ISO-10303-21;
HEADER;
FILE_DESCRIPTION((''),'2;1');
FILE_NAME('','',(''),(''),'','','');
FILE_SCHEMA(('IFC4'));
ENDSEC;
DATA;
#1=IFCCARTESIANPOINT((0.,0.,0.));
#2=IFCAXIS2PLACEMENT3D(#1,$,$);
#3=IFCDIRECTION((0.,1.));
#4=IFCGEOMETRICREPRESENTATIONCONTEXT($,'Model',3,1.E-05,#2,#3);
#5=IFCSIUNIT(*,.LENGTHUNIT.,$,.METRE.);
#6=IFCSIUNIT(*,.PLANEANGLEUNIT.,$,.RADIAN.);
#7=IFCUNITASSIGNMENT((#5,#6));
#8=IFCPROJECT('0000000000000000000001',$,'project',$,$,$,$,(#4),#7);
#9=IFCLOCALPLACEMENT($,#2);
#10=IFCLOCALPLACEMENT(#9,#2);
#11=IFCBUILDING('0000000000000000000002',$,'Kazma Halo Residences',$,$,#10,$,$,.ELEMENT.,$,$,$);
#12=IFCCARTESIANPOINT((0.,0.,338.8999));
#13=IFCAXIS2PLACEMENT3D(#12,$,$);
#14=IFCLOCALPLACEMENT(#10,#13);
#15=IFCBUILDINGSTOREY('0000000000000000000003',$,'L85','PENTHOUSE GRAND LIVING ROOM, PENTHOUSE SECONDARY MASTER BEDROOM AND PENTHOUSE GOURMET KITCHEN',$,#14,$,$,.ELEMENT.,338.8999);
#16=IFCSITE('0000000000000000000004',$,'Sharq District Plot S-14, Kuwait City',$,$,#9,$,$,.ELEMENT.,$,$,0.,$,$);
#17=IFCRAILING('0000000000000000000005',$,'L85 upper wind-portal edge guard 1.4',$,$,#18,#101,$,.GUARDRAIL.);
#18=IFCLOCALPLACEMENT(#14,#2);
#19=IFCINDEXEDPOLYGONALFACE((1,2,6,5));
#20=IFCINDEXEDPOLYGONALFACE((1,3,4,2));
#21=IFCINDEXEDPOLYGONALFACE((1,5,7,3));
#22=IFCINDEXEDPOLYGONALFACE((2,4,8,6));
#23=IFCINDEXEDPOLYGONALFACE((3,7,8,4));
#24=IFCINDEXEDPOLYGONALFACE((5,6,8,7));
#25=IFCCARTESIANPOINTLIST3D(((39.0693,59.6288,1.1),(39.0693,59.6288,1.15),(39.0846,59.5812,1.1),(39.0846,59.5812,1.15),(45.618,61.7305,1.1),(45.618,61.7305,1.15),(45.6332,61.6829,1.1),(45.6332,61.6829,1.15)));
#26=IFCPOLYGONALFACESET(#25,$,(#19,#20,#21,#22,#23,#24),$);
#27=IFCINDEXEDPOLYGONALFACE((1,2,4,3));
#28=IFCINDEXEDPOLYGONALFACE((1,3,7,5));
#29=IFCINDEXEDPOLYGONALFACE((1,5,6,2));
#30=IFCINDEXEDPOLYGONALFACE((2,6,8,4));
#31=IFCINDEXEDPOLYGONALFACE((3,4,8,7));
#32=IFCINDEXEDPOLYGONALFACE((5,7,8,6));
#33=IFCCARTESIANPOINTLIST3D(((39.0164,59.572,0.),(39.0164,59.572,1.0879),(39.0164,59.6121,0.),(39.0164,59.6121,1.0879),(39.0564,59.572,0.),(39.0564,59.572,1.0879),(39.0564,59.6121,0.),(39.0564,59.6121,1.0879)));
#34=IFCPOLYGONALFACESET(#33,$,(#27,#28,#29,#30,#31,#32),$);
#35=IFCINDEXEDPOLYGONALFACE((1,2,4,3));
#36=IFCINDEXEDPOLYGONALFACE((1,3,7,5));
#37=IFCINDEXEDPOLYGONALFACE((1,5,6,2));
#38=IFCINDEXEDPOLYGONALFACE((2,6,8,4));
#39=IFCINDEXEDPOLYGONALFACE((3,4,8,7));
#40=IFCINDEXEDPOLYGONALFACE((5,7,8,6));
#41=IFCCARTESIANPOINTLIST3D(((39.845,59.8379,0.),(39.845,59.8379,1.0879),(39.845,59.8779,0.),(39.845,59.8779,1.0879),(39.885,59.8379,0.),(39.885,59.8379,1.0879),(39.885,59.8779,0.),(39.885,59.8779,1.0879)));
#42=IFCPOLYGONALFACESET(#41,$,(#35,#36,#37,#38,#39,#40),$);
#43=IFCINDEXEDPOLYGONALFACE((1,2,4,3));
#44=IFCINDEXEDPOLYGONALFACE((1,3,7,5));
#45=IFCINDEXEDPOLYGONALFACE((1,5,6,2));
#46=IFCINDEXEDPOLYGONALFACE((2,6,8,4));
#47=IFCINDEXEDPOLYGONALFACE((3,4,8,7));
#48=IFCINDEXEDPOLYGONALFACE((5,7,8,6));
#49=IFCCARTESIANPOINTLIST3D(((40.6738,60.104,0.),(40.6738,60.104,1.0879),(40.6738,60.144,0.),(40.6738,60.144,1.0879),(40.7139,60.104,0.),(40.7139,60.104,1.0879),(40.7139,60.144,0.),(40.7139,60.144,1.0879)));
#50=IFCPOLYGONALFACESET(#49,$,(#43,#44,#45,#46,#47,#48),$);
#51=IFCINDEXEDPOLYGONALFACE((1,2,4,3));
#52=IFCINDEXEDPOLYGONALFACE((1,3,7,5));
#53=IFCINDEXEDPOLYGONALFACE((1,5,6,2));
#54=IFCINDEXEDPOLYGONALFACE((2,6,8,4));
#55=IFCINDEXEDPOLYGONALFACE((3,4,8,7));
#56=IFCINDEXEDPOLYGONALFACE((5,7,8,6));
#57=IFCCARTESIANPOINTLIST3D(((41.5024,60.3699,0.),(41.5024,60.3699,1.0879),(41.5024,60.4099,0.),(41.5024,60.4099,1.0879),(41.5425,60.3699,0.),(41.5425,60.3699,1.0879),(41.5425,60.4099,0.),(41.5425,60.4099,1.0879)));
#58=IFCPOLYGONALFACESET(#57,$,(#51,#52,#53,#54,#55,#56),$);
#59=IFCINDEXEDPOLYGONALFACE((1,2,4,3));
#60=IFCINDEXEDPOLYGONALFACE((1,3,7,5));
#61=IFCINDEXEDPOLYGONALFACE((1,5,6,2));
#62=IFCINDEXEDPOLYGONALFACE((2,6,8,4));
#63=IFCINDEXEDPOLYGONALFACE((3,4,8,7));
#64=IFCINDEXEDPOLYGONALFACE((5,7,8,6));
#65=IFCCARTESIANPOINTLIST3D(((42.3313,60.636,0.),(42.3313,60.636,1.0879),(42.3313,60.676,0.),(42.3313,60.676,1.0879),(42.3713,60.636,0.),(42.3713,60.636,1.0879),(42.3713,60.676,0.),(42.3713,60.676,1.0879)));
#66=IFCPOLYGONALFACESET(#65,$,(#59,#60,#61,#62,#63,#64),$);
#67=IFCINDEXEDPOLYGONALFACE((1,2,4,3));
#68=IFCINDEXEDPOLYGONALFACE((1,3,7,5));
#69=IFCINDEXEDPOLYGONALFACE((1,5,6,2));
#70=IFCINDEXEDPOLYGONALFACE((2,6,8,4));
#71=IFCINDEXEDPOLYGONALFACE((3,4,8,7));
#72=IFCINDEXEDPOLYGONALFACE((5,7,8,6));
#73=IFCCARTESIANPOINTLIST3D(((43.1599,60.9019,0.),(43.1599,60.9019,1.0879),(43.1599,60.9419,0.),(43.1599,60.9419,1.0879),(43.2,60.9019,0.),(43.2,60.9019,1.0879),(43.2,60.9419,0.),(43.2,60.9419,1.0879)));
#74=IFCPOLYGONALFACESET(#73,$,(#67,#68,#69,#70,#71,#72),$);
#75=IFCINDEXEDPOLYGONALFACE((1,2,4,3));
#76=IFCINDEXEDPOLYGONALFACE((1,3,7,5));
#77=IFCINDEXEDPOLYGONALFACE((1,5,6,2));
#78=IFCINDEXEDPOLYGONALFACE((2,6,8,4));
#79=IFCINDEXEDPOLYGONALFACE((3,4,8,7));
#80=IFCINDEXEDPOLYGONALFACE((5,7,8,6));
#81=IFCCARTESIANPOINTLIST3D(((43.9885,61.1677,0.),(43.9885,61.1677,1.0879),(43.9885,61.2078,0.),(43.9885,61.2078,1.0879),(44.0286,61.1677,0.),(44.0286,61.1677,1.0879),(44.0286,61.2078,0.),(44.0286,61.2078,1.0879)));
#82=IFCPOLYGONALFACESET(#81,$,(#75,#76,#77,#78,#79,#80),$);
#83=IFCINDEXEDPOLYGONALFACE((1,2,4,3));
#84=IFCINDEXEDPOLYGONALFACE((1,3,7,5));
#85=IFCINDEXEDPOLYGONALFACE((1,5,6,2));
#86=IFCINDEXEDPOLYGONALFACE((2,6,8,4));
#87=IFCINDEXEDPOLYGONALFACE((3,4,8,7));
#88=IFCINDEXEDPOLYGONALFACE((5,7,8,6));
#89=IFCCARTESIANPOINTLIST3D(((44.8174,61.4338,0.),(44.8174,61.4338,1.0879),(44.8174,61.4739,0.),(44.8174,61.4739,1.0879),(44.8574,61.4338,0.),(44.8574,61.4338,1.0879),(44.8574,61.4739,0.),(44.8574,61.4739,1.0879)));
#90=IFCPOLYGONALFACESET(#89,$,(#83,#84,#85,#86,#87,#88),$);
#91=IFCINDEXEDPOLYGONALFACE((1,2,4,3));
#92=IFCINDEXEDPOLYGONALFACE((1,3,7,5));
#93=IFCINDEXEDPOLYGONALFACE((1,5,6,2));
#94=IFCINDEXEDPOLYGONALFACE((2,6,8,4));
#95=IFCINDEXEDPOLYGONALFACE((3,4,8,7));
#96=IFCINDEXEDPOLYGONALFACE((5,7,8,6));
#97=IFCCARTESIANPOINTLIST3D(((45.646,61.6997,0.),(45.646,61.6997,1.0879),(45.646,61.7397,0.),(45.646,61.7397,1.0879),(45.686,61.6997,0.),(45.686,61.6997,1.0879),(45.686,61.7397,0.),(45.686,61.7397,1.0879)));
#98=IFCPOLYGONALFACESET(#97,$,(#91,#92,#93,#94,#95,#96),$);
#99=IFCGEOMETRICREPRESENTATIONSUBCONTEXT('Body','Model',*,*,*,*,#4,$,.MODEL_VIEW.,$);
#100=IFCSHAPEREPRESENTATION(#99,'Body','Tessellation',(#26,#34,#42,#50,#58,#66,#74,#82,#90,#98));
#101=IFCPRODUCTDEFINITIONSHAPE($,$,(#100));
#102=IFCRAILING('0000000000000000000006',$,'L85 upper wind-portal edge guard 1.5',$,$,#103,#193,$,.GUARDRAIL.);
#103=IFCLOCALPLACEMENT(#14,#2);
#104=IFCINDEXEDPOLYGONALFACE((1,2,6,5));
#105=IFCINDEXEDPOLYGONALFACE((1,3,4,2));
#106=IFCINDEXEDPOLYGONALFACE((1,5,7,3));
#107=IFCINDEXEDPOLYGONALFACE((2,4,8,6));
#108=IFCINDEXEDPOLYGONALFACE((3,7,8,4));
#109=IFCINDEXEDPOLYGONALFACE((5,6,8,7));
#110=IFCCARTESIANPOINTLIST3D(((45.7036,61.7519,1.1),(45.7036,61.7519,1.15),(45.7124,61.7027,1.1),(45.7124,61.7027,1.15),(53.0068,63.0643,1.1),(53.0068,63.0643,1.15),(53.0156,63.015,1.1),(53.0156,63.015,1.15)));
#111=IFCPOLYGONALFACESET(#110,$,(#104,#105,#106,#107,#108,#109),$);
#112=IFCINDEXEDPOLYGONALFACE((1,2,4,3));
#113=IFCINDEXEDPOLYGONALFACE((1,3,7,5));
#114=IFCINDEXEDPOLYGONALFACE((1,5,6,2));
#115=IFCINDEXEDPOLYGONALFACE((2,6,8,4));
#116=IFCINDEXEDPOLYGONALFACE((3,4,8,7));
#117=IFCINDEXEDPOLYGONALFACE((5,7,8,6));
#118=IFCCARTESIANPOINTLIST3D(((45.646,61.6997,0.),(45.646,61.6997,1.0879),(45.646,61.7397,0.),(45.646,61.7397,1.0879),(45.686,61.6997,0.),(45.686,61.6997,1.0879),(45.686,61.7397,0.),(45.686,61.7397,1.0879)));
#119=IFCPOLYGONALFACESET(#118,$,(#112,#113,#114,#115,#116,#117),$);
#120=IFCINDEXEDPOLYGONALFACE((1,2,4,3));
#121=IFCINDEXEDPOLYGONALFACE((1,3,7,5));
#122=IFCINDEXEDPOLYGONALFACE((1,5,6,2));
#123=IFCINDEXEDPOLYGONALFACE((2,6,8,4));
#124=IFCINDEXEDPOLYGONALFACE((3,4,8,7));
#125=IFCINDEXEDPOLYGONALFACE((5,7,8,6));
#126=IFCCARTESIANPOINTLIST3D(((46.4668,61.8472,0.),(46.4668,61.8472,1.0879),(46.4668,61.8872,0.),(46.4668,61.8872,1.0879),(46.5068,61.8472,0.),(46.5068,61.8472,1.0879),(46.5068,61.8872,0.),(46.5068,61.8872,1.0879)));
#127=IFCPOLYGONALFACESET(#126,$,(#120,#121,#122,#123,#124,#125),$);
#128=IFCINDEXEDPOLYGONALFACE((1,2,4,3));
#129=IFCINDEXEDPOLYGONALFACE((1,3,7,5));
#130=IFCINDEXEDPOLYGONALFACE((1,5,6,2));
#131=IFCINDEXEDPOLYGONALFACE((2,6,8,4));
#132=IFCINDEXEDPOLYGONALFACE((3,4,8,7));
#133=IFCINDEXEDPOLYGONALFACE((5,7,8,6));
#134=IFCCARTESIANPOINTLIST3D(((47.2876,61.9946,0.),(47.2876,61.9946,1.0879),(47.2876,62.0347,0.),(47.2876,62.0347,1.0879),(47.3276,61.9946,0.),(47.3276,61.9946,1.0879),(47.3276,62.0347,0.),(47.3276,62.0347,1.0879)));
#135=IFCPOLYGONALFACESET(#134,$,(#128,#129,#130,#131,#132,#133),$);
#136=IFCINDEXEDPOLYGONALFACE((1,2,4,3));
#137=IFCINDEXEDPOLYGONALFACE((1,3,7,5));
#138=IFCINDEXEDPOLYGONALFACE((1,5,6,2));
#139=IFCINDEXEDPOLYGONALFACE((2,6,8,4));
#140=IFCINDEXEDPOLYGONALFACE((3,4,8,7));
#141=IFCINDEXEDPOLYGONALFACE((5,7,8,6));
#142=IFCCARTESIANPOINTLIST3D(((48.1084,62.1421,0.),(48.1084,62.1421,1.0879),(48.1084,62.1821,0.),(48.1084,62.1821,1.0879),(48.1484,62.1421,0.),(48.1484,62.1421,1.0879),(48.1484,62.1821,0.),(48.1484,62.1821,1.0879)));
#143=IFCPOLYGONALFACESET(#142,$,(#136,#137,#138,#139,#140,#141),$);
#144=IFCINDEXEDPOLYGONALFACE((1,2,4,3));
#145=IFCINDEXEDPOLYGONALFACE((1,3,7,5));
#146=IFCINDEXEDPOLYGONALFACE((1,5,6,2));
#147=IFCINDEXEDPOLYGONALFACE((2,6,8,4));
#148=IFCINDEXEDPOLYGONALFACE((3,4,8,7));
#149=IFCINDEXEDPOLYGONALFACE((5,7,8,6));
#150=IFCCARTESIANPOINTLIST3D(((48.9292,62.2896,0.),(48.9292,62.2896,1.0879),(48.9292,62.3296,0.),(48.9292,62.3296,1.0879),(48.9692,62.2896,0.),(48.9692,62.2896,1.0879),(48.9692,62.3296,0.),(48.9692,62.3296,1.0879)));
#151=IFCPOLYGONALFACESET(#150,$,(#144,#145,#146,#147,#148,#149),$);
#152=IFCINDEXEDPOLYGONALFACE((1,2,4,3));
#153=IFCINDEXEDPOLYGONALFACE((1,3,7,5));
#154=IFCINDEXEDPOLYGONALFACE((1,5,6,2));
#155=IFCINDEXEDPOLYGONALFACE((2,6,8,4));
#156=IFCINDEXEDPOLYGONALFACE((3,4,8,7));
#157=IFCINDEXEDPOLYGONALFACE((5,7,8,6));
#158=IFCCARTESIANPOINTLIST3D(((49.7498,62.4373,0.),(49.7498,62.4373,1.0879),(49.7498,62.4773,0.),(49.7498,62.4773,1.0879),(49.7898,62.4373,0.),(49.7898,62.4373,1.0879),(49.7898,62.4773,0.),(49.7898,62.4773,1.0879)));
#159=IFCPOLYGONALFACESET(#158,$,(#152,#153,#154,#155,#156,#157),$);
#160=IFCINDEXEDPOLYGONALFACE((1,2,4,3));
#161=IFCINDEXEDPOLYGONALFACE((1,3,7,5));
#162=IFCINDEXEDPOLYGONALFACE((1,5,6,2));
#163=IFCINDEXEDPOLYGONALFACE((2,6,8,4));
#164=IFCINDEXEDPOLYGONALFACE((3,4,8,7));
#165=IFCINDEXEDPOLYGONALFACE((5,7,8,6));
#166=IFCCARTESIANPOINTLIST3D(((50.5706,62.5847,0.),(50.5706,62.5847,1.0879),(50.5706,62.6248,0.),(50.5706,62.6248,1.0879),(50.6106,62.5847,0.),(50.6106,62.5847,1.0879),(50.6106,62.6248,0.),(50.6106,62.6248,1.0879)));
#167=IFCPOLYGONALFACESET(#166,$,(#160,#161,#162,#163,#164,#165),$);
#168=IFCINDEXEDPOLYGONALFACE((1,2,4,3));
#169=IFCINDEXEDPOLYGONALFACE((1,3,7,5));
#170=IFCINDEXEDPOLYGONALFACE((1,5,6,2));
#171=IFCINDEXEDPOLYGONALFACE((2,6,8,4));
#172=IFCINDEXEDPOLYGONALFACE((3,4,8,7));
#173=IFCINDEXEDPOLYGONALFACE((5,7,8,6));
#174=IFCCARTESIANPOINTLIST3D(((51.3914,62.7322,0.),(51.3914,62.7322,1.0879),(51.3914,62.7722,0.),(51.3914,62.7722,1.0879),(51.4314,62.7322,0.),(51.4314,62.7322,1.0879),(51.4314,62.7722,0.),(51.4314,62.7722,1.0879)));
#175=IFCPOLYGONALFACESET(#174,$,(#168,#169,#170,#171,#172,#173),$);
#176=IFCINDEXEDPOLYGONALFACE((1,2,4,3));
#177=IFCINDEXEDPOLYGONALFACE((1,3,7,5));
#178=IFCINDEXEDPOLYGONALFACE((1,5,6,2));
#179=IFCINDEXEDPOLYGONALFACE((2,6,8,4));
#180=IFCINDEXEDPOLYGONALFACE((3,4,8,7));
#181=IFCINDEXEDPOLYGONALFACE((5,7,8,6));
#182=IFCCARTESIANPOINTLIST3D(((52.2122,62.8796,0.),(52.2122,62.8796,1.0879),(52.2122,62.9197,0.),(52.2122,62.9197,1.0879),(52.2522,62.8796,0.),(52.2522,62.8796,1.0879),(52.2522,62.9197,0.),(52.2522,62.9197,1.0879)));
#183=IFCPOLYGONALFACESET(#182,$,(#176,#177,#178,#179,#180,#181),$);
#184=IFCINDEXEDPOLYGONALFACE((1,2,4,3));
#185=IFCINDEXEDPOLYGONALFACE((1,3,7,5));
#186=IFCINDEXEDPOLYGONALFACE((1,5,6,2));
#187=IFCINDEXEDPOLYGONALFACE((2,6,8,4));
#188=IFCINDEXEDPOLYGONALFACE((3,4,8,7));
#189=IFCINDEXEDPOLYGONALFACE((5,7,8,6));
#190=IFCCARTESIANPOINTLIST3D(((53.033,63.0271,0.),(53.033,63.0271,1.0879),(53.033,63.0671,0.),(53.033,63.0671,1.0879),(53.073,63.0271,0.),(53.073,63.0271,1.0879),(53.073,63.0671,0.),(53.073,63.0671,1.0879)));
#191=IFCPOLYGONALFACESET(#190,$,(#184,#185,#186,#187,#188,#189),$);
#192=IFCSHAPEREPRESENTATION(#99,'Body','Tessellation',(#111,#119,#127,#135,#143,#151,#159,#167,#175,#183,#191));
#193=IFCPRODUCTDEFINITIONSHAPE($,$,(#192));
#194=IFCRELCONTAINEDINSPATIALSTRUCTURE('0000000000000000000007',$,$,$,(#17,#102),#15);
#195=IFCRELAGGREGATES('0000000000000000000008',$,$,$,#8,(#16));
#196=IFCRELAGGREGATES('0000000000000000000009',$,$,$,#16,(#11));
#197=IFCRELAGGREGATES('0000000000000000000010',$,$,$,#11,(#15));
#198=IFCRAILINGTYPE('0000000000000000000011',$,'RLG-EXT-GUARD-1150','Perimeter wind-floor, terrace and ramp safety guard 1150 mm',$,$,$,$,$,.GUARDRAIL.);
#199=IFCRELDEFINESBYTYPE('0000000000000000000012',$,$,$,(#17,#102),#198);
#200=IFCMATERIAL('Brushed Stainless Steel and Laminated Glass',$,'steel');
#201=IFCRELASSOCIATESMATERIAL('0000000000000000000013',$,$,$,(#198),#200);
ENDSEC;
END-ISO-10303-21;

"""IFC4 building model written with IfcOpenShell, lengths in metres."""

from ifc_helpers import new_model, si_unit, direction, frame, origin, origin_2d, place, context, subcontext, project, spatial, rectangle, extrude, material, type_object, element, save


model = new_model("IFC4")

# Units and contexts
model_context = context("Model", 3, precision=1e-05, world=origin(), true_north=direction((0.0, 1.0)))
body_context = subcontext(model_context, "Body", "Model", "MODEL_VIEW")
ifc_project = project(units=[si_unit("LENGTHUNIT", "METRE"), si_unit("PLANEANGLEUNIT", "RADIAN")], contexts=[model_context])

# Site, building, storey
site_placement = place(None, origin())
site = spatial("IfcSite", under=ifc_project, at=site_placement, Name="Sharq District Plot S-14, Kuwait City", CompositionType="ELEMENT", RefElevation=0.0)
building_placement = place(site_placement, origin())
building = spatial("IfcBuilding", under=site, at=building_placement, Name="Kazma Halo Residences", CompositionType="ELEMENT")
storey_placement = place(building_placement, frame((0.0, 0.0, 338.8999)))
storey = spatial("IfcBuildingStorey", under=building, at=storey_placement, Name="L85", Description="PENTHOUSE GRAND LIVING ROOM, PENTHOUSE SECONDARY MASTER BEDROOM AND PENTHOUSE GOURMET KITCHEN", CompositionType="ELEMENT", Elevation=338.8999)

# Railings
ifc_material_1 = material(Name="Brushed Stainless Steel and Laminated Glass", Category="steel")
railing_type = type_object("IfcRailingType", Name="RLG-EXT-GUARD-1150", Description="Perimeter wind-floor, terrace and ramp safety guard 1150 mm", PredefinedType="GUARDRAIL", material=ifc_material_1)
railing_1_placement = place(storey_placement, frame((39.0364, 59.592, 0.0)))
element("IfcRailing", 1, at=railing_1_placement, inside=storey, type_object=railing_type, Name="L85 upper wind-portal edge guard 1.4", PredefinedType="GUARDRAIL", context=body_context, shape_type="SweptSolid", body=[
    extrude(rectangle(XDim=0.05, YDim=0.05, at=origin_2d()), frame((0.0405, 0.0129, 1.125), z_axis=(0.952165, 0.305584, 0.0), x_axis=(-0.305584, 0.952165, 0.0)), (0.0, 0.0, 1.0), 6.8777),
    extrude(rectangle(XDim=0.04, YDim=0.04, at=origin_2d()), origin(), (0.0, 0.0, 1.0), 1.0879),
    extrude(rectangle(XDim=0.04, YDim=0.04, at=origin_2d()), frame((0.8286, 0.2659, 0.0)), (0.0, 0.0, 1.0), 1.0879),
    extrude(rectangle(XDim=0.04, YDim=0.04, at=origin_2d()), frame((1.6575, 0.532, 0.0)), (0.0, 0.0, 1.0), 1.0879),
    extrude(rectangle(XDim=0.04, YDim=0.04, at=origin_2d()), frame((2.4861, 0.7979, 0.0)), (0.0, 0.0, 1.0), 1.0879),
    extrude(rectangle(XDim=0.04, YDim=0.04, at=origin_2d()), frame((3.3149, 1.064, 0.0)), (0.0, 0.0, 1.0), 1.0879),
    extrude(rectangle(XDim=0.04, YDim=0.04, at=origin_2d()), frame((4.1436, 1.3298, 0.0)), (0.0, 0.0, 1.0), 1.0879),
    extrude(rectangle(XDim=0.04, YDim=0.04, at=origin_2d()), frame((4.9722, 1.5957, 0.0)), (0.0, 0.0, 1.0), 1.0879),
    extrude(rectangle(XDim=0.04, YDim=0.04, at=origin_2d()), frame((5.801, 1.8618, 0.0)), (0.0, 0.0, 1.0), 1.0879),
    extrude(rectangle(XDim=0.04, YDim=0.04, at=origin_2d()), frame((6.6296, 2.1277, 0.0)), (0.0, 0.0, 1.0), 1.0879),
])
railing_2_placement = place(storey_placement, frame((45.666, 61.7197, 0.0)))
element("IfcRailing", 2, at=railing_2_placement, inside=storey, type_object=railing_type, Name="L85 upper wind-portal edge guard 1.5", PredefinedType="GUARDRAIL", context=body_context, shape_type="SweptSolid", body=[
    extrude(rectangle(XDim=0.05, YDim=0.05, at=origin_2d()), frame((0.042, 0.0076, 1.125), z_axis=(0.984236, 0.176861, 0.0), x_axis=(-0.176861, 0.984236, 0.0)), (0.0, 0.0, 1.0), 7.4202),
    extrude(rectangle(XDim=0.04, YDim=0.04, at=origin_2d()), origin(), (0.0, 0.0, 1.0), 1.0879),
    extrude(rectangle(XDim=0.04, YDim=0.04, at=origin_2d()), frame((0.8208, 0.1475, 0.0)), (0.0, 0.0, 1.0), 1.0879),
    extrude(rectangle(XDim=0.04, YDim=0.04, at=origin_2d()), frame((1.6416, 0.2949, 0.0)), (0.0, 0.0, 1.0), 1.0879),
    extrude(rectangle(XDim=0.04, YDim=0.04, at=origin_2d()), frame((2.4624, 0.4424, 0.0)), (0.0, 0.0, 1.0), 1.0879),
    extrude(rectangle(XDim=0.04, YDim=0.04, at=origin_2d()), frame((3.2832, 0.5898, 0.0)), (0.0, 0.0, 1.0), 1.0879),
    extrude(rectangle(XDim=0.04, YDim=0.04, at=origin_2d()), frame((4.1038, 0.7375, 0.0)), (0.0, 0.0, 1.0), 1.0879),
    extrude(rectangle(XDim=0.04, YDim=0.04, at=origin_2d()), frame((4.9246, 0.885, 0.0)), (0.0, 0.0, 1.0), 1.0879),
    extrude(rectangle(XDim=0.04, YDim=0.04, at=origin_2d()), frame((5.7454, 1.0325, 0.0)), (0.0, 0.0, 1.0), 1.0879),
    extrude(rectangle(XDim=0.04, YDim=0.04, at=origin_2d()), frame((6.5662, 1.1799, 0.0)), (0.0, 0.0, 1.0), 1.0879),
    extrude(rectangle(XDim=0.04, YDim=0.04, at=origin_2d()), frame((7.387, 1.3274, 0.0)), (0.0, 0.0, 1.0), 1.0879),
])

save(model, "model.ifc")
